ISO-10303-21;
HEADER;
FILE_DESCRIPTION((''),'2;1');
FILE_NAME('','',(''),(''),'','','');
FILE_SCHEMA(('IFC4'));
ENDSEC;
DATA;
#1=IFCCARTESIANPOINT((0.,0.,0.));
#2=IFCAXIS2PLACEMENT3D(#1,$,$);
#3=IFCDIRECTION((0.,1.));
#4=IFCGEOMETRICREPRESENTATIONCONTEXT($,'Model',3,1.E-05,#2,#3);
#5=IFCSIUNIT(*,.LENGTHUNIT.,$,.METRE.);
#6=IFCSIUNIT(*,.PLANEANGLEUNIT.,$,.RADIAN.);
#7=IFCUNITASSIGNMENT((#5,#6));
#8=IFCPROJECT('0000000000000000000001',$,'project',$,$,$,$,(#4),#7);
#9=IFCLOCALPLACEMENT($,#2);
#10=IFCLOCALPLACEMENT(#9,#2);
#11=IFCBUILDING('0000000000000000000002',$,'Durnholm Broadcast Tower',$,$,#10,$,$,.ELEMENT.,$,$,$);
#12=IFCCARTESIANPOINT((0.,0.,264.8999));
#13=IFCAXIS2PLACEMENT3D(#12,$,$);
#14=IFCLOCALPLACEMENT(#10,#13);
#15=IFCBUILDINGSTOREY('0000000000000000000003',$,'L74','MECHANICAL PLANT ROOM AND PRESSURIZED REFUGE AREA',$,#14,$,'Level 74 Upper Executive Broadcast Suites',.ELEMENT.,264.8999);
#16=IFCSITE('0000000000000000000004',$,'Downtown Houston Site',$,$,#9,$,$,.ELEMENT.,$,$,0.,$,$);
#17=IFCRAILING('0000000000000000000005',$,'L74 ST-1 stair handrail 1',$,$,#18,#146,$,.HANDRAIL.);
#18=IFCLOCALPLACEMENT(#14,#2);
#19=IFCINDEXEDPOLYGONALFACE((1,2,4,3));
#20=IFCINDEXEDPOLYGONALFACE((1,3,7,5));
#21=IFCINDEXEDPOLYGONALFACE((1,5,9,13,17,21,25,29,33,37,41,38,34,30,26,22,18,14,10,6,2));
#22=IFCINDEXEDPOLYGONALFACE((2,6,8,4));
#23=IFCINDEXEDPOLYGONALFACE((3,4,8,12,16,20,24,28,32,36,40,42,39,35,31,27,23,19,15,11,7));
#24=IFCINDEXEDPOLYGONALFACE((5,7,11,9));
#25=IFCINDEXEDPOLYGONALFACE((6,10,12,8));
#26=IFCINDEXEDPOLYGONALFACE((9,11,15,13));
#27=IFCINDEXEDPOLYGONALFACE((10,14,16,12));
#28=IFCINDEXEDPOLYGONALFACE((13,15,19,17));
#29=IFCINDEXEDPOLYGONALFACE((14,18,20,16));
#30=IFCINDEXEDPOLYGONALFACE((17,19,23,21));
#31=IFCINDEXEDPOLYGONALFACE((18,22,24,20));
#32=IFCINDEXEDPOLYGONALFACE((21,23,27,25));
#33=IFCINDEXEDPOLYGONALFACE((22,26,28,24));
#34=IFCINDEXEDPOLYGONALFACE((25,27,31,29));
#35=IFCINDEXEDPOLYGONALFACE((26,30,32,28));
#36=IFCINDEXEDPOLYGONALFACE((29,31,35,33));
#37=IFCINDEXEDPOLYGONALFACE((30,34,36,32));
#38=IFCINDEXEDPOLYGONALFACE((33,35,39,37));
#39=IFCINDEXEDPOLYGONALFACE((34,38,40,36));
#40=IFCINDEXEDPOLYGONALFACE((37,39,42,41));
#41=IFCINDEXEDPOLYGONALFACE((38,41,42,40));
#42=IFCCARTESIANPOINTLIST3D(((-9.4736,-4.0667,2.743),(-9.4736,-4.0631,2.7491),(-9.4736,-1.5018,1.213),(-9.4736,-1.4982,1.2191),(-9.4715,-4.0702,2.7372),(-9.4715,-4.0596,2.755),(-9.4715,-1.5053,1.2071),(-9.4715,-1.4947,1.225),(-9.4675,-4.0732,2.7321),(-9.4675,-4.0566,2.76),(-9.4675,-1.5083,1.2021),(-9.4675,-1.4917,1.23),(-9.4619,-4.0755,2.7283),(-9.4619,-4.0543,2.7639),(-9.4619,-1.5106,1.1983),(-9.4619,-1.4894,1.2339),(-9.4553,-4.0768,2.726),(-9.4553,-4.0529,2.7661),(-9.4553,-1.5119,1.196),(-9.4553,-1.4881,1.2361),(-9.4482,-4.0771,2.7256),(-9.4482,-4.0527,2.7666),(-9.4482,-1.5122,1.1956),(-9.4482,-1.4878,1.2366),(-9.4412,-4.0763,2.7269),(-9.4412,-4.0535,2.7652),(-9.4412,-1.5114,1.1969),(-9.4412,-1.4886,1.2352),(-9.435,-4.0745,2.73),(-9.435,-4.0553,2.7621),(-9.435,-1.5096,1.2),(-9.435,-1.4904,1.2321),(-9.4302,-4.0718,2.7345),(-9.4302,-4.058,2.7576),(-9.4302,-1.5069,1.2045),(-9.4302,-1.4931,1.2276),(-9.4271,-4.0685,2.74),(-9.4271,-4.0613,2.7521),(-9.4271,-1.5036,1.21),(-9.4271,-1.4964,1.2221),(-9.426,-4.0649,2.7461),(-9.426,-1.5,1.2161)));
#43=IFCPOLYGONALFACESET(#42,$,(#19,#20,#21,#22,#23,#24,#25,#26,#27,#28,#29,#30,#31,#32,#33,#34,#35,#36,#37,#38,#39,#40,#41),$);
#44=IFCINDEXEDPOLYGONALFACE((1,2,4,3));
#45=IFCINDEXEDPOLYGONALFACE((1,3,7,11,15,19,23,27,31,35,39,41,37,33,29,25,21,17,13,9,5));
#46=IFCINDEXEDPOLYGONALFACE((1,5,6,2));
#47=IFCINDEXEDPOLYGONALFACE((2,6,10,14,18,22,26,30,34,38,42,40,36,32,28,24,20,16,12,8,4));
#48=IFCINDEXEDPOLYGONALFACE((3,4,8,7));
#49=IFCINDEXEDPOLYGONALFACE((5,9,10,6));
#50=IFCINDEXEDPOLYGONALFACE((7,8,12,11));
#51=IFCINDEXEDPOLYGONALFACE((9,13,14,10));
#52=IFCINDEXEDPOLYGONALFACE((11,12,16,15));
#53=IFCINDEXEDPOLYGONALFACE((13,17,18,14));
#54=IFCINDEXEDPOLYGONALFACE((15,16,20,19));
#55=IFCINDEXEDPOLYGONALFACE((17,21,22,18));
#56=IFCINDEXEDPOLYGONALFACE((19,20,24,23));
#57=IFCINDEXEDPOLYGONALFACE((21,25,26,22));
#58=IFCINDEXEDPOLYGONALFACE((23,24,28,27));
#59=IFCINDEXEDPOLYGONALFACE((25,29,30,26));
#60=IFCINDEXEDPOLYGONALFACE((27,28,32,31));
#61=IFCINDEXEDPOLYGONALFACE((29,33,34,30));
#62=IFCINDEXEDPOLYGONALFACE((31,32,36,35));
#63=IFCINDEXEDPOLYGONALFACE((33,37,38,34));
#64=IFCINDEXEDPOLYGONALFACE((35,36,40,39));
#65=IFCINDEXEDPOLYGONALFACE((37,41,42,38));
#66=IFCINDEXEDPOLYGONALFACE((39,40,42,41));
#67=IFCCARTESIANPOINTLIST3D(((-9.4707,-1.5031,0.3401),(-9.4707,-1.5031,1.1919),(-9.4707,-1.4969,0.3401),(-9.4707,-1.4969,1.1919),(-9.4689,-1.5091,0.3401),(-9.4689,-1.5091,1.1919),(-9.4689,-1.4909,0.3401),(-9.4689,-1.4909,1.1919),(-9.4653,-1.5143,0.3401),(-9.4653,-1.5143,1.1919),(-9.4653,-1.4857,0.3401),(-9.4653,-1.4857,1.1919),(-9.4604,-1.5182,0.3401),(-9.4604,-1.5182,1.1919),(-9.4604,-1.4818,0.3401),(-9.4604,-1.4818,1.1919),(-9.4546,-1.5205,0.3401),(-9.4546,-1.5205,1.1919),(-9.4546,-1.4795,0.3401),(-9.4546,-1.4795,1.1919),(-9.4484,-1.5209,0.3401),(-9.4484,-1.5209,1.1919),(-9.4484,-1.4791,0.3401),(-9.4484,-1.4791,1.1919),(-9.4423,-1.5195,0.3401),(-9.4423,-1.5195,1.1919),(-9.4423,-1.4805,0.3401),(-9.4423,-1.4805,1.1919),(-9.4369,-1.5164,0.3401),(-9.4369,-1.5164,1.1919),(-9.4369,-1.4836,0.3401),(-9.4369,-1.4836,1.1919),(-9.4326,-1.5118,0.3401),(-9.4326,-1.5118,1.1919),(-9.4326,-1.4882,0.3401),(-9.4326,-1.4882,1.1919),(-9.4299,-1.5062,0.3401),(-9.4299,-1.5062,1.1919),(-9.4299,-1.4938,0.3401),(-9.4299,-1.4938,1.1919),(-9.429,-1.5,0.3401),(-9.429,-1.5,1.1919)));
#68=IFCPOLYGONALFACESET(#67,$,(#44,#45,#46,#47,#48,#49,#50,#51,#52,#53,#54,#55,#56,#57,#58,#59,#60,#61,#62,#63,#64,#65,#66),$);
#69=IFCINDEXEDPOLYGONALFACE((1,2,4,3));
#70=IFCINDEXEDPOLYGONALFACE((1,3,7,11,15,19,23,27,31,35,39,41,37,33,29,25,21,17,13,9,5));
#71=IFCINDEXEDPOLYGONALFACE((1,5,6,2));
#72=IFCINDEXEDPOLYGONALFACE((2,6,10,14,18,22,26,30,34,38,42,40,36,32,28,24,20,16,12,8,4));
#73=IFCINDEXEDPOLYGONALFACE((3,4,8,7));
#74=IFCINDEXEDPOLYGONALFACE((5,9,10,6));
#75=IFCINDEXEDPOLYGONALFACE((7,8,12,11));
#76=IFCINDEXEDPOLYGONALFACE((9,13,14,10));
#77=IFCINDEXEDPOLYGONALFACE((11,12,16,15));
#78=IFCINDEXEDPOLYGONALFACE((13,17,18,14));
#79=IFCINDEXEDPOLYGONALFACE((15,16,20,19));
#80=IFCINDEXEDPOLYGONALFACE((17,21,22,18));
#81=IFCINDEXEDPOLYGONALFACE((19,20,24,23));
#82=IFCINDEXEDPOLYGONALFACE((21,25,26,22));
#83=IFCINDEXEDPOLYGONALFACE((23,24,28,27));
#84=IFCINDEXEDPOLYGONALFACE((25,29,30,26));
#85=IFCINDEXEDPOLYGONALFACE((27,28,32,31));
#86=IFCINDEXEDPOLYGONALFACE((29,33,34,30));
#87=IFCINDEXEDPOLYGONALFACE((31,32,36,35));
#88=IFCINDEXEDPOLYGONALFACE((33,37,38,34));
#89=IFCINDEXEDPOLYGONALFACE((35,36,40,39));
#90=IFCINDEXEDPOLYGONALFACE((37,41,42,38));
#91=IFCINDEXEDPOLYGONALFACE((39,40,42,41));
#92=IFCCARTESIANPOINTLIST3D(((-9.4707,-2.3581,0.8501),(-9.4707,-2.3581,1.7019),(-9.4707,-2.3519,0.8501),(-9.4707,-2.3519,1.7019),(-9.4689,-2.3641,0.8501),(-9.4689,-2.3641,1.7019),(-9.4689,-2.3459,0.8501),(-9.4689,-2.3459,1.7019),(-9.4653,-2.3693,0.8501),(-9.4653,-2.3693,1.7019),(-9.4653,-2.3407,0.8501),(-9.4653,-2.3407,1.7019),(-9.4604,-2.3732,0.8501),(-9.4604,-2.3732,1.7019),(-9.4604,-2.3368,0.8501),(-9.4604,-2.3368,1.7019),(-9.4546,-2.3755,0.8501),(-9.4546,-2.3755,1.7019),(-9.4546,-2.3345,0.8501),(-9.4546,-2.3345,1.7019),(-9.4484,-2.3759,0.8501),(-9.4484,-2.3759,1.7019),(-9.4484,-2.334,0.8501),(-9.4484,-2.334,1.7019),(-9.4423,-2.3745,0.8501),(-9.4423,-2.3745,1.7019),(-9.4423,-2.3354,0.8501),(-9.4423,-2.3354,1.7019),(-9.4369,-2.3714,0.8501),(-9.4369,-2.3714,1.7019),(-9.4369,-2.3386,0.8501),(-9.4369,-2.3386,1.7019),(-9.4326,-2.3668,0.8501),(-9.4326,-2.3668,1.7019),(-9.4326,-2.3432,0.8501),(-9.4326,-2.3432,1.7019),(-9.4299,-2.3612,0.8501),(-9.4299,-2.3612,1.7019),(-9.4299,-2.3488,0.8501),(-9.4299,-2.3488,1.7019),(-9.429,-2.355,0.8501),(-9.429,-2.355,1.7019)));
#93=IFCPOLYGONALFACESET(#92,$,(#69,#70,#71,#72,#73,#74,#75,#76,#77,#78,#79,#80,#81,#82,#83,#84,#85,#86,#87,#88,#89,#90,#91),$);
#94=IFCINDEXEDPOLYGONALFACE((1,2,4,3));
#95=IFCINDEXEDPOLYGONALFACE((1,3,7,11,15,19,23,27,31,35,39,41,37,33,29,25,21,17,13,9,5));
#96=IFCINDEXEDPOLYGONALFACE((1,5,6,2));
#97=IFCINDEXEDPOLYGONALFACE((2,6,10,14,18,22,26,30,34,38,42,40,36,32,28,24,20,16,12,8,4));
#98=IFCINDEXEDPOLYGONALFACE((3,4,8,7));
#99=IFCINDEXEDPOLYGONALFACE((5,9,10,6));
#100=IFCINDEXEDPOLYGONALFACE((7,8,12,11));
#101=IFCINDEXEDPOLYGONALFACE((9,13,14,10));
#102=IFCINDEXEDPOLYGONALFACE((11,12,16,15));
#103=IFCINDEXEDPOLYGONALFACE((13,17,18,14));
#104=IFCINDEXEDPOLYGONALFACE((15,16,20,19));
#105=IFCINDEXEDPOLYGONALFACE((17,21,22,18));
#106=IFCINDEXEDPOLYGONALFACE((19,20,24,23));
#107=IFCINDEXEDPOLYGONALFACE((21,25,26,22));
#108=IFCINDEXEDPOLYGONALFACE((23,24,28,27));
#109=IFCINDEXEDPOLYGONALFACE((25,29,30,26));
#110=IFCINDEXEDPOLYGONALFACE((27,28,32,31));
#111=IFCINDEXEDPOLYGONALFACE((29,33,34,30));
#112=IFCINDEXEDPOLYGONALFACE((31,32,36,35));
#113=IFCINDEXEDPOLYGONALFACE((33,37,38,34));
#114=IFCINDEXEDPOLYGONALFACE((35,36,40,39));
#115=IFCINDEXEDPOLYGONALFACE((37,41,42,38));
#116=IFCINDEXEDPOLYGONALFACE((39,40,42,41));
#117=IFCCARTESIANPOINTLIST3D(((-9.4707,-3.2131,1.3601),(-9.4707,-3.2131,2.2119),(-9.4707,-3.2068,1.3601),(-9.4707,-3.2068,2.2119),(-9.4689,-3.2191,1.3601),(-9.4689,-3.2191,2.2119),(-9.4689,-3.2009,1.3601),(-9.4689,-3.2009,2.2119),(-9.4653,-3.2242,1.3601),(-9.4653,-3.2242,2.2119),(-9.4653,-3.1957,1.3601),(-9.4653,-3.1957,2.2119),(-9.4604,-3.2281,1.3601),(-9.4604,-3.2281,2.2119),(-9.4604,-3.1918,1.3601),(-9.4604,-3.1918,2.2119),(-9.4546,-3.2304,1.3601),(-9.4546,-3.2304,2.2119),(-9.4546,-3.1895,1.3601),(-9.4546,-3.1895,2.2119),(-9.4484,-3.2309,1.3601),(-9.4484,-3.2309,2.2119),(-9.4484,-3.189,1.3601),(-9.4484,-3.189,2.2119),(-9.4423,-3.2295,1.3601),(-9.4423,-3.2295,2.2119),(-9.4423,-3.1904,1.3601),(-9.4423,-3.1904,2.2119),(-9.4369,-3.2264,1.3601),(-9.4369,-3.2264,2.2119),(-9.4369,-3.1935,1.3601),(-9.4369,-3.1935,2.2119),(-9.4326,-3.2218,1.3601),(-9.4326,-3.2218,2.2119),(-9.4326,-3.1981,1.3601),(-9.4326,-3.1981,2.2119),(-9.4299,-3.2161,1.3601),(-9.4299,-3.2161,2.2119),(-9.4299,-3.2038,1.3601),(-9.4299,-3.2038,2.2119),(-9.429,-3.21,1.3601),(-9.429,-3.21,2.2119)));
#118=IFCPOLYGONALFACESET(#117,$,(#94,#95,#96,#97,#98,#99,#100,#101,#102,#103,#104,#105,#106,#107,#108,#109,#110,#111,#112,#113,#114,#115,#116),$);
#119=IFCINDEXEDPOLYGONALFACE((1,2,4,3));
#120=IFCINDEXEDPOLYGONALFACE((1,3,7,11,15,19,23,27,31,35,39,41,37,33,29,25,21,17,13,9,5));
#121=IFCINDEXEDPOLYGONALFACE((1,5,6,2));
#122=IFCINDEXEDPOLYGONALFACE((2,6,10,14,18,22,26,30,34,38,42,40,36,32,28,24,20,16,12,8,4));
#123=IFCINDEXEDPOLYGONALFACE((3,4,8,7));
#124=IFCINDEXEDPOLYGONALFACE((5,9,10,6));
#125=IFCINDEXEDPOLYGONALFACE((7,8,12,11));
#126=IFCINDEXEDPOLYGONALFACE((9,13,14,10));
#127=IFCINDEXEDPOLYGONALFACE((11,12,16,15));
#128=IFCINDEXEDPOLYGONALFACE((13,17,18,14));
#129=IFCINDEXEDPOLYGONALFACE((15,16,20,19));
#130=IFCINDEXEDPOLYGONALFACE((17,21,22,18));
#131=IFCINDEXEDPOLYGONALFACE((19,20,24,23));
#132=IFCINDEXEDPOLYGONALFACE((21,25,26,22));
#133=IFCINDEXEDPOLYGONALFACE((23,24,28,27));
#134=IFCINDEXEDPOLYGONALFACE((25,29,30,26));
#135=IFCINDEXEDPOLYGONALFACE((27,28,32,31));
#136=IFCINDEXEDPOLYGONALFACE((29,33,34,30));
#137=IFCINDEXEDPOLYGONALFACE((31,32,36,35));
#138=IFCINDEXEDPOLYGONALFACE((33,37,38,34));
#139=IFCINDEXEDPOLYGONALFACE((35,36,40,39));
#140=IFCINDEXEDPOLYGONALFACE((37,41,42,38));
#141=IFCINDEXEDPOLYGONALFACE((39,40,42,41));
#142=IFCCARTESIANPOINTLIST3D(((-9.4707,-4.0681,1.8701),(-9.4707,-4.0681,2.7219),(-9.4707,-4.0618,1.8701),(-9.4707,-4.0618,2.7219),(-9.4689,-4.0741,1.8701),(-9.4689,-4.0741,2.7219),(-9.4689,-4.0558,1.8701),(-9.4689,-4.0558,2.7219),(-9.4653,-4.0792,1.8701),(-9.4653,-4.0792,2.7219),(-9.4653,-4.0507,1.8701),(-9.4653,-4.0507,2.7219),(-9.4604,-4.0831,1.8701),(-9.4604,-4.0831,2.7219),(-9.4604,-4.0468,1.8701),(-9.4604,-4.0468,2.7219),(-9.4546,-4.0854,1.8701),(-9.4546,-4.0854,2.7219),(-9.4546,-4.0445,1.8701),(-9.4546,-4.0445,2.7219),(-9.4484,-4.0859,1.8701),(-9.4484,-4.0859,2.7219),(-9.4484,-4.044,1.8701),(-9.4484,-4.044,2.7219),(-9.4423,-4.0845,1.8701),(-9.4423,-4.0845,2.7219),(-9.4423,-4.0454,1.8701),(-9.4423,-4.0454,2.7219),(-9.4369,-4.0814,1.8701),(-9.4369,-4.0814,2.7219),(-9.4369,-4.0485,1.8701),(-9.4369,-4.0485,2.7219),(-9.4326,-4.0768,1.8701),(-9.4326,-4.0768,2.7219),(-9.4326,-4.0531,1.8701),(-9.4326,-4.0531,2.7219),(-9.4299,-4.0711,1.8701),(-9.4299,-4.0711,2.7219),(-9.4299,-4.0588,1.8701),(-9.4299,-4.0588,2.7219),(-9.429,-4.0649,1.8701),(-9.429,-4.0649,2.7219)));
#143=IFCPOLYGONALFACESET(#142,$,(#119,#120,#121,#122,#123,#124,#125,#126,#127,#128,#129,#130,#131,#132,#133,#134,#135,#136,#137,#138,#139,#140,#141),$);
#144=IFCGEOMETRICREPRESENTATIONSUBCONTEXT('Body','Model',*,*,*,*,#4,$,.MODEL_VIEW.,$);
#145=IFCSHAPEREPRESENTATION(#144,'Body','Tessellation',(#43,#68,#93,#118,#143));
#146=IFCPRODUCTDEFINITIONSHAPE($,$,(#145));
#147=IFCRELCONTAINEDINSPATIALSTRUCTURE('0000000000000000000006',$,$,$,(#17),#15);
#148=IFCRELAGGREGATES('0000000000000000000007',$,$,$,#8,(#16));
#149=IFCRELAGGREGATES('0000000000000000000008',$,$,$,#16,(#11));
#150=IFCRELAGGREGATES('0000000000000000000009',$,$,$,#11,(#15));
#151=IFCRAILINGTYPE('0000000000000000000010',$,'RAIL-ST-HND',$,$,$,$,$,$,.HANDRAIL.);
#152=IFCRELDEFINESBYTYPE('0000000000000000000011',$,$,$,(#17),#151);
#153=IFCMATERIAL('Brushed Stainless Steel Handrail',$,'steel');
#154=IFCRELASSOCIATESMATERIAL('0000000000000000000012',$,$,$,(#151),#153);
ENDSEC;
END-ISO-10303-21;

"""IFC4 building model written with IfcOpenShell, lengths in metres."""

from ifc_helpers import new_model, si_unit, direction, frame, origin, origin_2d, place, context, subcontext, project, spatial, circle, extrude, material, type_object, element, save


model = new_model("IFC4")

# Units and contexts
model_context = context("Model", 3, precision=1e-05, world=origin(), true_north=direction((0.0, 1.0)))
body_context = subcontext(model_context, "Body", "Model", "MODEL_VIEW")
ifc_project = project(units=[si_unit("LENGTHUNIT", "METRE"), si_unit("PLANEANGLEUNIT", "RADIAN")], contexts=[model_context])

# Site, building, storey
site_placement = place(None, origin())
site = spatial("IfcSite", under=ifc_project, at=site_placement, Name="Downtown Houston Site", CompositionType="ELEMENT", RefElevation=0.0)
building_placement = place(site_placement, origin())
building = spatial("IfcBuilding", under=site, at=building_placement, Name="Durnholm Broadcast Tower", CompositionType="ELEMENT")
storey_placement = place(building_placement, frame((0.0, 0.0, 264.8999)))
storey = spatial("IfcBuildingStorey", under=building, at=storey_placement, Name="L74", Description="MECHANICAL PLANT ROOM AND PRESSURIZED REFUGE AREA", LongName="Level 74 Upper Executive Broadcast Suites", CompositionType="ELEMENT", Elevation=264.8999)

# Railing
ifc_material_1 = material(Name="Brushed Stainless Steel Handrail", Category="steel")
railing_type_1 = type_object("IfcRailingType", Name="RAIL-ST-HND", PredefinedType="HANDRAIL", material=ifc_material_1)
railing_1_placement = place(storey_placement, frame((-9.45, -1.5, 0.3401)))
element("IfcRailing", 1, at=railing_1_placement, inside=storey, type_object=railing_type_1, Name="L74 ST-1 stair handrail 1", PredefinedType="HANDRAIL", context=body_context, shape_type="SweptSolid", body=[
    extrude(circle(Radius=0.0239, at=origin_2d()), frame((0.0, 0.0, 0.876), z_axis=(0.0, -0.85881, 0.512294), x_axis=(1.0, 0.0, 0.0)), (0.0, 0.0, 1.0), 2.9866),
    extrude(circle(Radius=0.021, at=origin_2d()), origin(), (0.0, 0.0, 1.0), 0.8518),
    extrude(circle(Radius=0.021, at=origin_2d()), frame((0.0, -0.855, 0.51)), (0.0, 0.0, 1.0), 0.8518),
    extrude(circle(Radius=0.021, at=origin_2d()), frame((0.0, -1.71, 1.02)), (0.0, 0.0, 1.0), 0.8518),
    extrude(circle(Radius=0.021, at=origin_2d()), frame((0.0, -2.5649, 1.53)), (0.0, 0.0, 1.0), 0.8518),
])

save(model, "model.ifc")
